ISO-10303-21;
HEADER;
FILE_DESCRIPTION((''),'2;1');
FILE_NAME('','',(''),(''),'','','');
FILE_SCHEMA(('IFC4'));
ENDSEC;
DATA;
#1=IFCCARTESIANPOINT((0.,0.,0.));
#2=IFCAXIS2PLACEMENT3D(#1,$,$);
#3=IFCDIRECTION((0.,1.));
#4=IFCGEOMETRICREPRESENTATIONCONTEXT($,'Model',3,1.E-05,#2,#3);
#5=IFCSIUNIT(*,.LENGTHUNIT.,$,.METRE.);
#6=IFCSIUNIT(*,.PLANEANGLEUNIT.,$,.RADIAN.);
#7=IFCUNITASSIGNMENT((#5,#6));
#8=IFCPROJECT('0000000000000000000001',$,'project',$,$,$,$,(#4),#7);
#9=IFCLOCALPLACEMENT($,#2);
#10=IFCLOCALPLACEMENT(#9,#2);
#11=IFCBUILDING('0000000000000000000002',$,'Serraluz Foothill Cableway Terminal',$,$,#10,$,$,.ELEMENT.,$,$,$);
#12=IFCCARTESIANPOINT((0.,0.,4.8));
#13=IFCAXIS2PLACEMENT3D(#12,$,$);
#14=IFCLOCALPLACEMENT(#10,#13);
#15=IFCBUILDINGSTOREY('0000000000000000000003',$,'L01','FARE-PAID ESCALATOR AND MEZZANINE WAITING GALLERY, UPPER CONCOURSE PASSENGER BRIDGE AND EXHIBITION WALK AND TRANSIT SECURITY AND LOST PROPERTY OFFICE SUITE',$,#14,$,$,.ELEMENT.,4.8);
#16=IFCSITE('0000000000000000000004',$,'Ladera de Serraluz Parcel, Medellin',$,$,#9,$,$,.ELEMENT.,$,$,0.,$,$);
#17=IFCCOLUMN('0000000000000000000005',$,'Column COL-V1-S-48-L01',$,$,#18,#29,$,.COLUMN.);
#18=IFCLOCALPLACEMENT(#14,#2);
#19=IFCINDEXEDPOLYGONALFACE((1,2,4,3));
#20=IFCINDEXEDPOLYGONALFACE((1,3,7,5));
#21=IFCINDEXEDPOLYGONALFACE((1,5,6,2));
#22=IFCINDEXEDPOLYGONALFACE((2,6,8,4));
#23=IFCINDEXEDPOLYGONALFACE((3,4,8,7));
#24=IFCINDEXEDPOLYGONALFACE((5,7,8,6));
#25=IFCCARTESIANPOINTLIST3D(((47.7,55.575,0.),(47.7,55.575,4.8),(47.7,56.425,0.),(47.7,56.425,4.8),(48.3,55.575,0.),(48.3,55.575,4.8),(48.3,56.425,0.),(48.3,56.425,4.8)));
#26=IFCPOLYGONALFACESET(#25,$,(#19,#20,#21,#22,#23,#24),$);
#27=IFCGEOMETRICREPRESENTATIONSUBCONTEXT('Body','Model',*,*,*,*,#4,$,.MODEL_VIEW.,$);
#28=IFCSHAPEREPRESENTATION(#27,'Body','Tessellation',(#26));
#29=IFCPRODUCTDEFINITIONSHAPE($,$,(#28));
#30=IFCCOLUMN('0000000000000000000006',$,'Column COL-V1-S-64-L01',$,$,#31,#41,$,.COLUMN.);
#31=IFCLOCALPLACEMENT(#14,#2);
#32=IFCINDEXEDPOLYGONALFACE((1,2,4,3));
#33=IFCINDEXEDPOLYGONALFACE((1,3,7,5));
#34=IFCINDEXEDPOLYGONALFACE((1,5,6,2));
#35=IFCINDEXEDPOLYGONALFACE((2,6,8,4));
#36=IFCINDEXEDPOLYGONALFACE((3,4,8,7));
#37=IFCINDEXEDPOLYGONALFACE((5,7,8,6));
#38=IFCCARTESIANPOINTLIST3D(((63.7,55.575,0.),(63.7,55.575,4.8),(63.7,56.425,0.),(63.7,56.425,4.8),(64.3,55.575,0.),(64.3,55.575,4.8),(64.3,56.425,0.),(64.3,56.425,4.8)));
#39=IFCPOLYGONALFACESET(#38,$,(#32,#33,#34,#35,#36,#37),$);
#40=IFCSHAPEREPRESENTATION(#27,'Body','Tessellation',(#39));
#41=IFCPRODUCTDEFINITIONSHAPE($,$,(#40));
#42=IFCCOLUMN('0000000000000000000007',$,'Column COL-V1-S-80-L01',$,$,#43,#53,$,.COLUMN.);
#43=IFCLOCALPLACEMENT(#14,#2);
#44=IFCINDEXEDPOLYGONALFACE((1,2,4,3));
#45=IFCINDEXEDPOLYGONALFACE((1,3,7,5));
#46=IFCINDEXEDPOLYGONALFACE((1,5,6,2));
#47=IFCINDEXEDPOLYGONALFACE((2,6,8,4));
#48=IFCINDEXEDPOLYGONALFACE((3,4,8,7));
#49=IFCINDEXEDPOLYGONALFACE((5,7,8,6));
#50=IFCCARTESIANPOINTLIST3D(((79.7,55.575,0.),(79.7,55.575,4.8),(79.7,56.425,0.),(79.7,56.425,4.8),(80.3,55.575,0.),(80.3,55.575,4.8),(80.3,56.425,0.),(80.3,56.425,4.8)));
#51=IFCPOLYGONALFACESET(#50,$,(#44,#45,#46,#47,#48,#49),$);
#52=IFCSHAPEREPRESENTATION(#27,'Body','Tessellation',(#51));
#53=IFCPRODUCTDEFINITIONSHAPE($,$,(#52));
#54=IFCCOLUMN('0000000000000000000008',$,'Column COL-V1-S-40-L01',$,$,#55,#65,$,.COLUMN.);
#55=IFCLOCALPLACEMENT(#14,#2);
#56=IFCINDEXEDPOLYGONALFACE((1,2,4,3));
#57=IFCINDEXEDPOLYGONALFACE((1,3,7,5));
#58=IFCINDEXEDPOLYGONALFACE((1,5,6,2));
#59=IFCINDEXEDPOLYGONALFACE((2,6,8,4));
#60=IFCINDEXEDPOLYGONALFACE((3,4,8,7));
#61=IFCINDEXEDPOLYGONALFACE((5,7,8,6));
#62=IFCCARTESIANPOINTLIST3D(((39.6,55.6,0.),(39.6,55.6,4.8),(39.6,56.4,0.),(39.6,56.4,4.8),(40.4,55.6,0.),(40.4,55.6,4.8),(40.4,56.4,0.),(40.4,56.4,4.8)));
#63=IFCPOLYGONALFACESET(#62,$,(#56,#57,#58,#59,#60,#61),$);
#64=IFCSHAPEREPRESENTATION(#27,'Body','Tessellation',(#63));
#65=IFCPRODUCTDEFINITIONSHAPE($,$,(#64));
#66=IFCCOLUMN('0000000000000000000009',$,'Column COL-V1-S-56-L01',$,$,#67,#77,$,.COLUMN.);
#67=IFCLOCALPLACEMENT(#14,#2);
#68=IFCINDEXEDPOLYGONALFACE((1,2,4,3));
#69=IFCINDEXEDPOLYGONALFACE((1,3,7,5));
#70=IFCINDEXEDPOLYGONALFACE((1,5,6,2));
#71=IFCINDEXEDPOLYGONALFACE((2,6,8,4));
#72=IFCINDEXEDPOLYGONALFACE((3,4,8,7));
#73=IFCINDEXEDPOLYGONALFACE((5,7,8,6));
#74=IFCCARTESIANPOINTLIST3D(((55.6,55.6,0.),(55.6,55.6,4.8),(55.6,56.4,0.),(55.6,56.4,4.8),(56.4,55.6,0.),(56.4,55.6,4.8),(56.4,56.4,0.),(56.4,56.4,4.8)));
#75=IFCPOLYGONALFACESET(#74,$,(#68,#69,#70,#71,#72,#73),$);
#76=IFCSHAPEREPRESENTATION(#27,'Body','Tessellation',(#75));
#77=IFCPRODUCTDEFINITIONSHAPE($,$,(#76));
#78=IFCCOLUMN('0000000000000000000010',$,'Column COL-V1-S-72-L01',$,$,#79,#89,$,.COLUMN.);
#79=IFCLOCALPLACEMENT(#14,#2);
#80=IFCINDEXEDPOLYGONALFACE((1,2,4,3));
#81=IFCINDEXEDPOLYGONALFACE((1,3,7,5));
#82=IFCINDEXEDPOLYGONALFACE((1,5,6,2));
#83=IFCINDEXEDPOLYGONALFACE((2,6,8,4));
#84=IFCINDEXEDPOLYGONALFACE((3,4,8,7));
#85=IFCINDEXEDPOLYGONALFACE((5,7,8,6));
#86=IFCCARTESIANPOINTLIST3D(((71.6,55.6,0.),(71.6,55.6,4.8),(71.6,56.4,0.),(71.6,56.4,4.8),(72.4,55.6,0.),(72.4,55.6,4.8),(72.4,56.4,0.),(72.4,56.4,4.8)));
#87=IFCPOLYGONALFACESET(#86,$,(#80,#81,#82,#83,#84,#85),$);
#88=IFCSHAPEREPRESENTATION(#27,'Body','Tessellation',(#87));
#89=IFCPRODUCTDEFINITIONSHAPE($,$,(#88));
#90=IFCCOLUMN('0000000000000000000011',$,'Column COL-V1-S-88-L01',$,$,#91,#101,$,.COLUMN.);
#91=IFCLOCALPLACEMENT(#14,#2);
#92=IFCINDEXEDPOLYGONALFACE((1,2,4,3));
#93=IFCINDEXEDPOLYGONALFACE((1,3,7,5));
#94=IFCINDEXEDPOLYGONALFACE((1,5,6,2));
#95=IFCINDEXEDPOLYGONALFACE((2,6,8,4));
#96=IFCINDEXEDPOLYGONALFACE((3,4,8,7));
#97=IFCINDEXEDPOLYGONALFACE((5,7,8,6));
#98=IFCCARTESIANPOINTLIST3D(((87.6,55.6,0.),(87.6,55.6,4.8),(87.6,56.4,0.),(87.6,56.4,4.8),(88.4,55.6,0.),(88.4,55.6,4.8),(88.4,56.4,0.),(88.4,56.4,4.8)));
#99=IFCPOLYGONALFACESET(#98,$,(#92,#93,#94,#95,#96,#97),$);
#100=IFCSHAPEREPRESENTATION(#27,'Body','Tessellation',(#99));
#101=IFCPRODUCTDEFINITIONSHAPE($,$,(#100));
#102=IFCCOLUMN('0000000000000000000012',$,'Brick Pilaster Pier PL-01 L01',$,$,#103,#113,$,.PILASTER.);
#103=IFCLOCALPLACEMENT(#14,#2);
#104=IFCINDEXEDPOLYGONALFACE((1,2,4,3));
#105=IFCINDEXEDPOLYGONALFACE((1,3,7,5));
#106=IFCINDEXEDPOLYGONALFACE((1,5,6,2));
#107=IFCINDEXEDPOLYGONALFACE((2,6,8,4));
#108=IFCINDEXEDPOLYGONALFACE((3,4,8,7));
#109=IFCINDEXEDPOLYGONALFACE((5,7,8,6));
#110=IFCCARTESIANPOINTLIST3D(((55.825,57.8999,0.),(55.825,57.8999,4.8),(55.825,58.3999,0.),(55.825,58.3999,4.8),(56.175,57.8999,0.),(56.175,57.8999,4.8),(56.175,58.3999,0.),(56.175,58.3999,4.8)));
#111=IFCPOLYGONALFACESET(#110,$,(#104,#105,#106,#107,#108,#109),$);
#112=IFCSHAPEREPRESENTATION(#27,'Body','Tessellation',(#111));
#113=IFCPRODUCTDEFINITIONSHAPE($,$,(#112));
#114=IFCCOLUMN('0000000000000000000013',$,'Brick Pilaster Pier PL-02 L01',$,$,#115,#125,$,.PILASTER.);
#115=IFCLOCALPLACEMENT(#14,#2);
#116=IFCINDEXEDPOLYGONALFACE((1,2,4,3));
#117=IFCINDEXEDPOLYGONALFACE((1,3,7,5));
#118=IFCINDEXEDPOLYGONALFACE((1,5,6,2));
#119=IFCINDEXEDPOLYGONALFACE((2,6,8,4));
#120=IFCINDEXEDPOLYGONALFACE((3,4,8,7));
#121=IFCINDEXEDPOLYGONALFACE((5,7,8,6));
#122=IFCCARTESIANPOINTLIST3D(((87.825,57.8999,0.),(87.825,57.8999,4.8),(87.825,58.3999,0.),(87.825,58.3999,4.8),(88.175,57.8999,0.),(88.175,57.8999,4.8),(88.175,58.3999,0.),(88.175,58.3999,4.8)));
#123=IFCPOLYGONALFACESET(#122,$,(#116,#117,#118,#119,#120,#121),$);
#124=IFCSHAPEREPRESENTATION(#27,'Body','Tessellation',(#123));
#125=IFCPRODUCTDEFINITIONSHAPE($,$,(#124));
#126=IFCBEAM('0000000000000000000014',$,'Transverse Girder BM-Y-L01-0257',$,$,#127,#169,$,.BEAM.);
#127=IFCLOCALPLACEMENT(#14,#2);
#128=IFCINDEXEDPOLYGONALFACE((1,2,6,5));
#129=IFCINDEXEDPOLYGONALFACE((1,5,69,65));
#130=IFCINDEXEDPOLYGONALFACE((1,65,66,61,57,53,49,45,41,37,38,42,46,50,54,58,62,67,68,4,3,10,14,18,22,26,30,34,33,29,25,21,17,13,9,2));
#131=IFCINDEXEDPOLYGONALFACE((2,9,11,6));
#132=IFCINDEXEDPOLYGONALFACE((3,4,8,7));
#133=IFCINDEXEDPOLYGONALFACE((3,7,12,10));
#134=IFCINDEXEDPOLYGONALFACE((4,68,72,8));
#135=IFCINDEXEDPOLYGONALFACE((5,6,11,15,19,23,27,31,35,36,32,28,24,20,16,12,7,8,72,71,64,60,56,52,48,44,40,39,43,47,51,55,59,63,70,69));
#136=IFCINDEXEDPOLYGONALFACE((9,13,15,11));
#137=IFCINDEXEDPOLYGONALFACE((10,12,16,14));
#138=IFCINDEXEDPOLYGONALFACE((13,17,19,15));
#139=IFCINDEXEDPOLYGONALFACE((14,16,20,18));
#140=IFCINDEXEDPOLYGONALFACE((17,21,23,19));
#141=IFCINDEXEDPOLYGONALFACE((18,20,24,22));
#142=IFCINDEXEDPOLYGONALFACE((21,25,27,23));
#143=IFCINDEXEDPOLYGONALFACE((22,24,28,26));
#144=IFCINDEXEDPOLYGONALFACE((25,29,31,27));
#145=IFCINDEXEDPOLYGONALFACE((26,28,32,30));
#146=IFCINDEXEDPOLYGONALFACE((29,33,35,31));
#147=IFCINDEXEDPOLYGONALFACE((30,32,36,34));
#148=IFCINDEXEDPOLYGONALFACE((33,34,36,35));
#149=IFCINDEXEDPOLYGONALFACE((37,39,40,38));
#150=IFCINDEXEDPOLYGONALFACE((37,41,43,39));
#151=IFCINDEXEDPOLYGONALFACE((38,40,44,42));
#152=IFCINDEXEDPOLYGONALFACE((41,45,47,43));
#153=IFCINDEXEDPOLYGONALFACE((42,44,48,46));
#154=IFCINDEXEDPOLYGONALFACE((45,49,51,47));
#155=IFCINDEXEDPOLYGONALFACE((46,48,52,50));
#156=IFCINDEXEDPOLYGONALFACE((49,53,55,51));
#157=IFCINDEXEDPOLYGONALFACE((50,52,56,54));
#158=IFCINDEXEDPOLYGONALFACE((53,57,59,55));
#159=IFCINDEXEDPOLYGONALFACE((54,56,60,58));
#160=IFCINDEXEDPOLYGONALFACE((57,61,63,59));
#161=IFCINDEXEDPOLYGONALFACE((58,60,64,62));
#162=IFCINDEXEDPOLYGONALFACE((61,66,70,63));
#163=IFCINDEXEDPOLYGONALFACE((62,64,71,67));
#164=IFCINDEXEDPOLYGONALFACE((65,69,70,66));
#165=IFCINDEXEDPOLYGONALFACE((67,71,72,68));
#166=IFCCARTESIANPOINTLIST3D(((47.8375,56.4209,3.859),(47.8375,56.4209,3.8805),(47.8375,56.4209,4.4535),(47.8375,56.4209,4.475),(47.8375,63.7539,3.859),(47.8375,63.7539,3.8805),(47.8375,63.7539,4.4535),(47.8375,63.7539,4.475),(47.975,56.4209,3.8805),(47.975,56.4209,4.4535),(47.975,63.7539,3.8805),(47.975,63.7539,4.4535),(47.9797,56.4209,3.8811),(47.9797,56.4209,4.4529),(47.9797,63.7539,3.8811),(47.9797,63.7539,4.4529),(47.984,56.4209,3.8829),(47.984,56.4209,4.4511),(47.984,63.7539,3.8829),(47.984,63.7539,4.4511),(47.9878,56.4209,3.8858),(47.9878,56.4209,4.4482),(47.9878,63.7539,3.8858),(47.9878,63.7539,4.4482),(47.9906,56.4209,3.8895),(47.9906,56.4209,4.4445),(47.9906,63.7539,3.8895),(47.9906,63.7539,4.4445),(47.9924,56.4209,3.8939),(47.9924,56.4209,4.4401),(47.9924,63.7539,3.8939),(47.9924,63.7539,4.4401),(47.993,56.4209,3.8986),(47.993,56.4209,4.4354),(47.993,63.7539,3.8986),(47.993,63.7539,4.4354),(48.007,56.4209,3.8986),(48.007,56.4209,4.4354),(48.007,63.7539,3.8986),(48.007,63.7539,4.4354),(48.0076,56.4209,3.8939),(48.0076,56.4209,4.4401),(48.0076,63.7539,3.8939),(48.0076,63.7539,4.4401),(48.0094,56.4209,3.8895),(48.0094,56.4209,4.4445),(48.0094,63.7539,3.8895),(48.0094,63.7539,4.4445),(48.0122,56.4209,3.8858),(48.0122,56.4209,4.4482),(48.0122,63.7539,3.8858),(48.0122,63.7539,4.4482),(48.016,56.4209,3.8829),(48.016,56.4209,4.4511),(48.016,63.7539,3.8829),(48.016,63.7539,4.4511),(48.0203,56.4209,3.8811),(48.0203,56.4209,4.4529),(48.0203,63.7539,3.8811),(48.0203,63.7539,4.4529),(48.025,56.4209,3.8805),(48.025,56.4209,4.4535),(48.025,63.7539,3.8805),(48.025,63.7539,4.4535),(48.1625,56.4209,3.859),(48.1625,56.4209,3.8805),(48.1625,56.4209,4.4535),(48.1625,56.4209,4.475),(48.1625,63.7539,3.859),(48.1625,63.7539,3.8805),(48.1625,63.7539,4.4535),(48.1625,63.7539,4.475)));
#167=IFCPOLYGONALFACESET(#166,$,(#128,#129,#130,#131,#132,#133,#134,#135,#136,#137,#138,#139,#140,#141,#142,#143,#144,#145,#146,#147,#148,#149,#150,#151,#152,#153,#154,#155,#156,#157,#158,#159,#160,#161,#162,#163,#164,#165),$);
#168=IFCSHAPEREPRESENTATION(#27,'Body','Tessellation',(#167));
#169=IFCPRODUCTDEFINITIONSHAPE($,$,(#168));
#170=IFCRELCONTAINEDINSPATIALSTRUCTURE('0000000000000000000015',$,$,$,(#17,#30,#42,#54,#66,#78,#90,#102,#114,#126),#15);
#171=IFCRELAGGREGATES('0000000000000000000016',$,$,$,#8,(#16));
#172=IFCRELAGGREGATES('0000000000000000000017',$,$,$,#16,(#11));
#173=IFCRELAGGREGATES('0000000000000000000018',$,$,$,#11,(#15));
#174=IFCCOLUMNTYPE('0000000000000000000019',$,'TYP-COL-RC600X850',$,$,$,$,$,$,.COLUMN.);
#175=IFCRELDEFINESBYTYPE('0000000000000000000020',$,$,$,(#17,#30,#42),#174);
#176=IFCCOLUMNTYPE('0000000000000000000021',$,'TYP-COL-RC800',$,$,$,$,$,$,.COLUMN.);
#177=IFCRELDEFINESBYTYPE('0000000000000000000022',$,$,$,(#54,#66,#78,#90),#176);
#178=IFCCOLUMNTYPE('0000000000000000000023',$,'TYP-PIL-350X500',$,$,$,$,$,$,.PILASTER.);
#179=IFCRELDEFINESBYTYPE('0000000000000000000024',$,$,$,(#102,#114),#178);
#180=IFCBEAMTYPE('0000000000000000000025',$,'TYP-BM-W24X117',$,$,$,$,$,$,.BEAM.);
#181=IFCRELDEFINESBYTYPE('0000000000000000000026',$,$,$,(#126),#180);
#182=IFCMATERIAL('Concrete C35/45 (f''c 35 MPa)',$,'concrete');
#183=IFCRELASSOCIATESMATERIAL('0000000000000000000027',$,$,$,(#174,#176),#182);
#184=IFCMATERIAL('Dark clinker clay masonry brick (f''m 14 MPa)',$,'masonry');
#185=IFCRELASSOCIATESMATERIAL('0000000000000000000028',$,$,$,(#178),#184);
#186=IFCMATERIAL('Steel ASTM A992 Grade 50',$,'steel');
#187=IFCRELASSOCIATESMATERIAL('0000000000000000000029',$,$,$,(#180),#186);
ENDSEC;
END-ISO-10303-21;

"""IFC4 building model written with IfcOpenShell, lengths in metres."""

from ifc_helpers import new_model, si_unit, direction, frame, origin, origin_2d, place, context, subcontext, project, spatial, rectangle, i_section, extrude, material, material_profile, profile_set, type_object, element, save


model = new_model("IFC4")

# Units and contexts
model_context = context("Model", 3, precision=1e-05, world=origin(), true_north=direction((0.0, 1.0)))
body_context = subcontext(model_context, "Body", "Model", "MODEL_VIEW")
ifc_project = project(units=[si_unit("LENGTHUNIT", "METRE"), si_unit("PLANEANGLEUNIT", "RADIAN")], contexts=[model_context])

# Site, building, storey
site_placement = place(None, origin())
site = spatial("IfcSite", under=ifc_project, at=site_placement, Name="Ladera de Serraluz Parcel, Medellin", CompositionType="ELEMENT", RefElevation=0.0)
building_placement = place(site_placement, origin())
building = spatial("IfcBuilding", under=site, at=building_placement, Name="Serraluz Foothill Cableway Terminal", CompositionType="ELEMENT")
storey_placement = place(building_placement, frame((0.0, 0.0, 4.8)))
storey = spatial("IfcBuildingStorey", under=building, at=storey_placement, Name="L01", Description="FARE-PAID ESCALATOR AND MEZZANINE WAITING GALLERY, UPPER CONCOURSE PASSENGER BRIDGE AND EXHIBITION WALK AND TRANSIT SECURITY AND LOST PROPERTY OFFICE SUITE", CompositionType="ELEMENT", Elevation=4.8)

# Columns
ifc_material_1 = material(Name="Concrete C35/45 (f'c 35 MPa)", Category="concrete")
ifc_material_profile_1 = material_profile(ifc_material_1, rectangle(XDim=0.6001, YDim=0.8501, at=origin_2d()), Name="RC 600x850")
ifc_profile_set_1 = profile_set([ifc_material_profile_1], Name="Concrete C35/45 (f'c 35 MPa)")
column_type_1 = type_object("IfcColumnType", Name="TYP-COL-RC600X850", PredefinedType="COLUMN", material=ifc_profile_set_1)
for number, where, z_axis, x_axis, name in (
    (1, (48.0, 56.0, 0.0), (0.0, 0.0, 1.0), (1.0, 0.0, 0.0), "Column COL-V1-S-48-L01"),
    (2, (64.0, 56.0, 0.0), (0.0, 0.0, 1.0), (1.0, 0.0, 0.0), "Column COL-V1-S-64-L01"),
    (3, (80.0, 56.0, 0.0), (0.0, 0.0, 1.0), (1.0, 0.0, 0.0), "Column COL-V1-S-80-L01"),
):
    element("IfcColumn", number, at=place(storey_placement, frame(where, z_axis=z_axis, x_axis=x_axis)), inside=storey, type_object=column_type_1, Name=name, PredefinedType="COLUMN", context=body_context, shape_type="SweptSolid", body=[
        extrude(rectangle(XDim=0.6001, YDim=0.8501, at=origin_2d()), origin(), (0.0, 0.0, 1.0), 4.8),
    ])
ifc_material_profile_2 = material_profile(ifc_material_1, rectangle(XDim=0.8, YDim=0.8, at=origin_2d()), Name="RC 800x800")
ifc_profile_set_2 = profile_set([ifc_material_profile_2], Name="Concrete C35/45 (f'c 35 MPa)")
column_type_2 = type_object("IfcColumnType", Name="TYP-COL-RC800", PredefinedType="COLUMN", material=ifc_profile_set_2)
for number, where, z_axis, x_axis, name in (
    (4, (40.0, 56.0, 0.0), (0.0, 0.0, 1.0), (1.0, 0.0, 0.0), "Column COL-V1-S-40-L01"),
    (5, (56.0, 56.0, 0.0), (0.0, 0.0, 1.0), (1.0, 0.0, 0.0), "Column COL-V1-S-56-L01"),
    (6, (72.0, 56.0, 0.0), (0.0, 0.0, 1.0), (1.0, 0.0, 0.0), "Column COL-V1-S-72-L01"),
    (7, (88.0, 56.0, 0.0), (0.0, 0.0, 1.0), (1.0, 0.0, 0.0), "Column COL-V1-S-88-L01"),
):
    element("IfcColumn", number, at=place(storey_placement, frame(where, z_axis=z_axis, x_axis=x_axis)), inside=storey, type_object=column_type_2, Name=name, PredefinedType="COLUMN", context=body_context, shape_type="SweptSolid", body=[
        extrude(rectangle(XDim=0.8, YDim=0.8, at=origin_2d()), origin(), (0.0, 0.0, 1.0), 4.8),
    ])
ifc_material_2 = material(Name="Dark clinker clay masonry brick (f'm 14 MPa)", Category="masonry")
ifc_material_profile_3 = material_profile(ifc_material_2, rectangle(XDim=0.3501, YDim=0.5, at=origin_2d()), Name="PIL 350x500")
ifc_profile_set_3 = profile_set([ifc_material_profile_3], Name="Dark clinker clay masonry brick (f'm 14 MPa)")
column_type_3 = type_object("IfcColumnType", Name="TYP-PIL-350X500", PredefinedType="PILASTER", material=ifc_profile_set_3)
for number, where, z_axis, x_axis, name in (
    (8, (56.0, 58.1499, 0.0), (0.0, 0.0, 1.0), (1.0, 0.0, 0.0), "Brick Pilaster Pier PL-01 L01"),
    (9, (88.0, 58.1499, 0.0), (0.0, 0.0, 1.0), (1.0, 0.0, 0.0), "Brick Pilaster Pier PL-02 L01"),
):
    element("IfcColumn", number, at=place(storey_placement, frame(where, z_axis=z_axis, x_axis=x_axis)), inside=storey, type_object=column_type_3, Name=name, PredefinedType="PILASTER", context=body_context, shape_type="SweptSolid", body=[
        extrude(rectangle(XDim=0.3501, YDim=0.5, at=origin_2d()), origin(), (0.0, 0.0, 1.0), 4.8),
    ])

# Beam
ifc_material_3 = material(Name="Steel ASTM A992 Grade 50", Category="steel")
ifc_material_profile_4 = material_profile(ifc_material_3, i_section(OverallWidth=0.325, OverallDepth=0.616, WebThickness=0.0139, FlangeThickness=0.0215, FilletRadius=0.0181, at=origin_2d()), Name="W24X117")
ifc_profile_set_4 = profile_set([ifc_material_profile_4], Name="Steel ASTM A992 Grade 50")
beam_type_1 = type_object("IfcBeamType", Name="TYP-BM-W24X117", PredefinedType="BEAM", material=ifc_profile_set_4)
beam_1_placement = place(storey_placement, frame((48.0, 56.4209, 4.167), z_axis=(0.0, 1.0, 0.0), x_axis=(-1.0, 0.0, 0.0)))
element("IfcBeam", 10, at=beam_1_placement, inside=storey, type_object=beam_type_1, Name="Transverse Girder BM-Y-L01-0257", PredefinedType="BEAM", context=body_context, shape_type="SweptSolid", body=[
    extrude(i_section(OverallWidth=0.325, OverallDepth=0.616, WebThickness=0.0139, FlangeThickness=0.0215, FilletRadius=0.0181, at=origin_2d()), origin(), (0.0, 0.0, 1.0), 7.333),
])

save(model, "model.ifc")
